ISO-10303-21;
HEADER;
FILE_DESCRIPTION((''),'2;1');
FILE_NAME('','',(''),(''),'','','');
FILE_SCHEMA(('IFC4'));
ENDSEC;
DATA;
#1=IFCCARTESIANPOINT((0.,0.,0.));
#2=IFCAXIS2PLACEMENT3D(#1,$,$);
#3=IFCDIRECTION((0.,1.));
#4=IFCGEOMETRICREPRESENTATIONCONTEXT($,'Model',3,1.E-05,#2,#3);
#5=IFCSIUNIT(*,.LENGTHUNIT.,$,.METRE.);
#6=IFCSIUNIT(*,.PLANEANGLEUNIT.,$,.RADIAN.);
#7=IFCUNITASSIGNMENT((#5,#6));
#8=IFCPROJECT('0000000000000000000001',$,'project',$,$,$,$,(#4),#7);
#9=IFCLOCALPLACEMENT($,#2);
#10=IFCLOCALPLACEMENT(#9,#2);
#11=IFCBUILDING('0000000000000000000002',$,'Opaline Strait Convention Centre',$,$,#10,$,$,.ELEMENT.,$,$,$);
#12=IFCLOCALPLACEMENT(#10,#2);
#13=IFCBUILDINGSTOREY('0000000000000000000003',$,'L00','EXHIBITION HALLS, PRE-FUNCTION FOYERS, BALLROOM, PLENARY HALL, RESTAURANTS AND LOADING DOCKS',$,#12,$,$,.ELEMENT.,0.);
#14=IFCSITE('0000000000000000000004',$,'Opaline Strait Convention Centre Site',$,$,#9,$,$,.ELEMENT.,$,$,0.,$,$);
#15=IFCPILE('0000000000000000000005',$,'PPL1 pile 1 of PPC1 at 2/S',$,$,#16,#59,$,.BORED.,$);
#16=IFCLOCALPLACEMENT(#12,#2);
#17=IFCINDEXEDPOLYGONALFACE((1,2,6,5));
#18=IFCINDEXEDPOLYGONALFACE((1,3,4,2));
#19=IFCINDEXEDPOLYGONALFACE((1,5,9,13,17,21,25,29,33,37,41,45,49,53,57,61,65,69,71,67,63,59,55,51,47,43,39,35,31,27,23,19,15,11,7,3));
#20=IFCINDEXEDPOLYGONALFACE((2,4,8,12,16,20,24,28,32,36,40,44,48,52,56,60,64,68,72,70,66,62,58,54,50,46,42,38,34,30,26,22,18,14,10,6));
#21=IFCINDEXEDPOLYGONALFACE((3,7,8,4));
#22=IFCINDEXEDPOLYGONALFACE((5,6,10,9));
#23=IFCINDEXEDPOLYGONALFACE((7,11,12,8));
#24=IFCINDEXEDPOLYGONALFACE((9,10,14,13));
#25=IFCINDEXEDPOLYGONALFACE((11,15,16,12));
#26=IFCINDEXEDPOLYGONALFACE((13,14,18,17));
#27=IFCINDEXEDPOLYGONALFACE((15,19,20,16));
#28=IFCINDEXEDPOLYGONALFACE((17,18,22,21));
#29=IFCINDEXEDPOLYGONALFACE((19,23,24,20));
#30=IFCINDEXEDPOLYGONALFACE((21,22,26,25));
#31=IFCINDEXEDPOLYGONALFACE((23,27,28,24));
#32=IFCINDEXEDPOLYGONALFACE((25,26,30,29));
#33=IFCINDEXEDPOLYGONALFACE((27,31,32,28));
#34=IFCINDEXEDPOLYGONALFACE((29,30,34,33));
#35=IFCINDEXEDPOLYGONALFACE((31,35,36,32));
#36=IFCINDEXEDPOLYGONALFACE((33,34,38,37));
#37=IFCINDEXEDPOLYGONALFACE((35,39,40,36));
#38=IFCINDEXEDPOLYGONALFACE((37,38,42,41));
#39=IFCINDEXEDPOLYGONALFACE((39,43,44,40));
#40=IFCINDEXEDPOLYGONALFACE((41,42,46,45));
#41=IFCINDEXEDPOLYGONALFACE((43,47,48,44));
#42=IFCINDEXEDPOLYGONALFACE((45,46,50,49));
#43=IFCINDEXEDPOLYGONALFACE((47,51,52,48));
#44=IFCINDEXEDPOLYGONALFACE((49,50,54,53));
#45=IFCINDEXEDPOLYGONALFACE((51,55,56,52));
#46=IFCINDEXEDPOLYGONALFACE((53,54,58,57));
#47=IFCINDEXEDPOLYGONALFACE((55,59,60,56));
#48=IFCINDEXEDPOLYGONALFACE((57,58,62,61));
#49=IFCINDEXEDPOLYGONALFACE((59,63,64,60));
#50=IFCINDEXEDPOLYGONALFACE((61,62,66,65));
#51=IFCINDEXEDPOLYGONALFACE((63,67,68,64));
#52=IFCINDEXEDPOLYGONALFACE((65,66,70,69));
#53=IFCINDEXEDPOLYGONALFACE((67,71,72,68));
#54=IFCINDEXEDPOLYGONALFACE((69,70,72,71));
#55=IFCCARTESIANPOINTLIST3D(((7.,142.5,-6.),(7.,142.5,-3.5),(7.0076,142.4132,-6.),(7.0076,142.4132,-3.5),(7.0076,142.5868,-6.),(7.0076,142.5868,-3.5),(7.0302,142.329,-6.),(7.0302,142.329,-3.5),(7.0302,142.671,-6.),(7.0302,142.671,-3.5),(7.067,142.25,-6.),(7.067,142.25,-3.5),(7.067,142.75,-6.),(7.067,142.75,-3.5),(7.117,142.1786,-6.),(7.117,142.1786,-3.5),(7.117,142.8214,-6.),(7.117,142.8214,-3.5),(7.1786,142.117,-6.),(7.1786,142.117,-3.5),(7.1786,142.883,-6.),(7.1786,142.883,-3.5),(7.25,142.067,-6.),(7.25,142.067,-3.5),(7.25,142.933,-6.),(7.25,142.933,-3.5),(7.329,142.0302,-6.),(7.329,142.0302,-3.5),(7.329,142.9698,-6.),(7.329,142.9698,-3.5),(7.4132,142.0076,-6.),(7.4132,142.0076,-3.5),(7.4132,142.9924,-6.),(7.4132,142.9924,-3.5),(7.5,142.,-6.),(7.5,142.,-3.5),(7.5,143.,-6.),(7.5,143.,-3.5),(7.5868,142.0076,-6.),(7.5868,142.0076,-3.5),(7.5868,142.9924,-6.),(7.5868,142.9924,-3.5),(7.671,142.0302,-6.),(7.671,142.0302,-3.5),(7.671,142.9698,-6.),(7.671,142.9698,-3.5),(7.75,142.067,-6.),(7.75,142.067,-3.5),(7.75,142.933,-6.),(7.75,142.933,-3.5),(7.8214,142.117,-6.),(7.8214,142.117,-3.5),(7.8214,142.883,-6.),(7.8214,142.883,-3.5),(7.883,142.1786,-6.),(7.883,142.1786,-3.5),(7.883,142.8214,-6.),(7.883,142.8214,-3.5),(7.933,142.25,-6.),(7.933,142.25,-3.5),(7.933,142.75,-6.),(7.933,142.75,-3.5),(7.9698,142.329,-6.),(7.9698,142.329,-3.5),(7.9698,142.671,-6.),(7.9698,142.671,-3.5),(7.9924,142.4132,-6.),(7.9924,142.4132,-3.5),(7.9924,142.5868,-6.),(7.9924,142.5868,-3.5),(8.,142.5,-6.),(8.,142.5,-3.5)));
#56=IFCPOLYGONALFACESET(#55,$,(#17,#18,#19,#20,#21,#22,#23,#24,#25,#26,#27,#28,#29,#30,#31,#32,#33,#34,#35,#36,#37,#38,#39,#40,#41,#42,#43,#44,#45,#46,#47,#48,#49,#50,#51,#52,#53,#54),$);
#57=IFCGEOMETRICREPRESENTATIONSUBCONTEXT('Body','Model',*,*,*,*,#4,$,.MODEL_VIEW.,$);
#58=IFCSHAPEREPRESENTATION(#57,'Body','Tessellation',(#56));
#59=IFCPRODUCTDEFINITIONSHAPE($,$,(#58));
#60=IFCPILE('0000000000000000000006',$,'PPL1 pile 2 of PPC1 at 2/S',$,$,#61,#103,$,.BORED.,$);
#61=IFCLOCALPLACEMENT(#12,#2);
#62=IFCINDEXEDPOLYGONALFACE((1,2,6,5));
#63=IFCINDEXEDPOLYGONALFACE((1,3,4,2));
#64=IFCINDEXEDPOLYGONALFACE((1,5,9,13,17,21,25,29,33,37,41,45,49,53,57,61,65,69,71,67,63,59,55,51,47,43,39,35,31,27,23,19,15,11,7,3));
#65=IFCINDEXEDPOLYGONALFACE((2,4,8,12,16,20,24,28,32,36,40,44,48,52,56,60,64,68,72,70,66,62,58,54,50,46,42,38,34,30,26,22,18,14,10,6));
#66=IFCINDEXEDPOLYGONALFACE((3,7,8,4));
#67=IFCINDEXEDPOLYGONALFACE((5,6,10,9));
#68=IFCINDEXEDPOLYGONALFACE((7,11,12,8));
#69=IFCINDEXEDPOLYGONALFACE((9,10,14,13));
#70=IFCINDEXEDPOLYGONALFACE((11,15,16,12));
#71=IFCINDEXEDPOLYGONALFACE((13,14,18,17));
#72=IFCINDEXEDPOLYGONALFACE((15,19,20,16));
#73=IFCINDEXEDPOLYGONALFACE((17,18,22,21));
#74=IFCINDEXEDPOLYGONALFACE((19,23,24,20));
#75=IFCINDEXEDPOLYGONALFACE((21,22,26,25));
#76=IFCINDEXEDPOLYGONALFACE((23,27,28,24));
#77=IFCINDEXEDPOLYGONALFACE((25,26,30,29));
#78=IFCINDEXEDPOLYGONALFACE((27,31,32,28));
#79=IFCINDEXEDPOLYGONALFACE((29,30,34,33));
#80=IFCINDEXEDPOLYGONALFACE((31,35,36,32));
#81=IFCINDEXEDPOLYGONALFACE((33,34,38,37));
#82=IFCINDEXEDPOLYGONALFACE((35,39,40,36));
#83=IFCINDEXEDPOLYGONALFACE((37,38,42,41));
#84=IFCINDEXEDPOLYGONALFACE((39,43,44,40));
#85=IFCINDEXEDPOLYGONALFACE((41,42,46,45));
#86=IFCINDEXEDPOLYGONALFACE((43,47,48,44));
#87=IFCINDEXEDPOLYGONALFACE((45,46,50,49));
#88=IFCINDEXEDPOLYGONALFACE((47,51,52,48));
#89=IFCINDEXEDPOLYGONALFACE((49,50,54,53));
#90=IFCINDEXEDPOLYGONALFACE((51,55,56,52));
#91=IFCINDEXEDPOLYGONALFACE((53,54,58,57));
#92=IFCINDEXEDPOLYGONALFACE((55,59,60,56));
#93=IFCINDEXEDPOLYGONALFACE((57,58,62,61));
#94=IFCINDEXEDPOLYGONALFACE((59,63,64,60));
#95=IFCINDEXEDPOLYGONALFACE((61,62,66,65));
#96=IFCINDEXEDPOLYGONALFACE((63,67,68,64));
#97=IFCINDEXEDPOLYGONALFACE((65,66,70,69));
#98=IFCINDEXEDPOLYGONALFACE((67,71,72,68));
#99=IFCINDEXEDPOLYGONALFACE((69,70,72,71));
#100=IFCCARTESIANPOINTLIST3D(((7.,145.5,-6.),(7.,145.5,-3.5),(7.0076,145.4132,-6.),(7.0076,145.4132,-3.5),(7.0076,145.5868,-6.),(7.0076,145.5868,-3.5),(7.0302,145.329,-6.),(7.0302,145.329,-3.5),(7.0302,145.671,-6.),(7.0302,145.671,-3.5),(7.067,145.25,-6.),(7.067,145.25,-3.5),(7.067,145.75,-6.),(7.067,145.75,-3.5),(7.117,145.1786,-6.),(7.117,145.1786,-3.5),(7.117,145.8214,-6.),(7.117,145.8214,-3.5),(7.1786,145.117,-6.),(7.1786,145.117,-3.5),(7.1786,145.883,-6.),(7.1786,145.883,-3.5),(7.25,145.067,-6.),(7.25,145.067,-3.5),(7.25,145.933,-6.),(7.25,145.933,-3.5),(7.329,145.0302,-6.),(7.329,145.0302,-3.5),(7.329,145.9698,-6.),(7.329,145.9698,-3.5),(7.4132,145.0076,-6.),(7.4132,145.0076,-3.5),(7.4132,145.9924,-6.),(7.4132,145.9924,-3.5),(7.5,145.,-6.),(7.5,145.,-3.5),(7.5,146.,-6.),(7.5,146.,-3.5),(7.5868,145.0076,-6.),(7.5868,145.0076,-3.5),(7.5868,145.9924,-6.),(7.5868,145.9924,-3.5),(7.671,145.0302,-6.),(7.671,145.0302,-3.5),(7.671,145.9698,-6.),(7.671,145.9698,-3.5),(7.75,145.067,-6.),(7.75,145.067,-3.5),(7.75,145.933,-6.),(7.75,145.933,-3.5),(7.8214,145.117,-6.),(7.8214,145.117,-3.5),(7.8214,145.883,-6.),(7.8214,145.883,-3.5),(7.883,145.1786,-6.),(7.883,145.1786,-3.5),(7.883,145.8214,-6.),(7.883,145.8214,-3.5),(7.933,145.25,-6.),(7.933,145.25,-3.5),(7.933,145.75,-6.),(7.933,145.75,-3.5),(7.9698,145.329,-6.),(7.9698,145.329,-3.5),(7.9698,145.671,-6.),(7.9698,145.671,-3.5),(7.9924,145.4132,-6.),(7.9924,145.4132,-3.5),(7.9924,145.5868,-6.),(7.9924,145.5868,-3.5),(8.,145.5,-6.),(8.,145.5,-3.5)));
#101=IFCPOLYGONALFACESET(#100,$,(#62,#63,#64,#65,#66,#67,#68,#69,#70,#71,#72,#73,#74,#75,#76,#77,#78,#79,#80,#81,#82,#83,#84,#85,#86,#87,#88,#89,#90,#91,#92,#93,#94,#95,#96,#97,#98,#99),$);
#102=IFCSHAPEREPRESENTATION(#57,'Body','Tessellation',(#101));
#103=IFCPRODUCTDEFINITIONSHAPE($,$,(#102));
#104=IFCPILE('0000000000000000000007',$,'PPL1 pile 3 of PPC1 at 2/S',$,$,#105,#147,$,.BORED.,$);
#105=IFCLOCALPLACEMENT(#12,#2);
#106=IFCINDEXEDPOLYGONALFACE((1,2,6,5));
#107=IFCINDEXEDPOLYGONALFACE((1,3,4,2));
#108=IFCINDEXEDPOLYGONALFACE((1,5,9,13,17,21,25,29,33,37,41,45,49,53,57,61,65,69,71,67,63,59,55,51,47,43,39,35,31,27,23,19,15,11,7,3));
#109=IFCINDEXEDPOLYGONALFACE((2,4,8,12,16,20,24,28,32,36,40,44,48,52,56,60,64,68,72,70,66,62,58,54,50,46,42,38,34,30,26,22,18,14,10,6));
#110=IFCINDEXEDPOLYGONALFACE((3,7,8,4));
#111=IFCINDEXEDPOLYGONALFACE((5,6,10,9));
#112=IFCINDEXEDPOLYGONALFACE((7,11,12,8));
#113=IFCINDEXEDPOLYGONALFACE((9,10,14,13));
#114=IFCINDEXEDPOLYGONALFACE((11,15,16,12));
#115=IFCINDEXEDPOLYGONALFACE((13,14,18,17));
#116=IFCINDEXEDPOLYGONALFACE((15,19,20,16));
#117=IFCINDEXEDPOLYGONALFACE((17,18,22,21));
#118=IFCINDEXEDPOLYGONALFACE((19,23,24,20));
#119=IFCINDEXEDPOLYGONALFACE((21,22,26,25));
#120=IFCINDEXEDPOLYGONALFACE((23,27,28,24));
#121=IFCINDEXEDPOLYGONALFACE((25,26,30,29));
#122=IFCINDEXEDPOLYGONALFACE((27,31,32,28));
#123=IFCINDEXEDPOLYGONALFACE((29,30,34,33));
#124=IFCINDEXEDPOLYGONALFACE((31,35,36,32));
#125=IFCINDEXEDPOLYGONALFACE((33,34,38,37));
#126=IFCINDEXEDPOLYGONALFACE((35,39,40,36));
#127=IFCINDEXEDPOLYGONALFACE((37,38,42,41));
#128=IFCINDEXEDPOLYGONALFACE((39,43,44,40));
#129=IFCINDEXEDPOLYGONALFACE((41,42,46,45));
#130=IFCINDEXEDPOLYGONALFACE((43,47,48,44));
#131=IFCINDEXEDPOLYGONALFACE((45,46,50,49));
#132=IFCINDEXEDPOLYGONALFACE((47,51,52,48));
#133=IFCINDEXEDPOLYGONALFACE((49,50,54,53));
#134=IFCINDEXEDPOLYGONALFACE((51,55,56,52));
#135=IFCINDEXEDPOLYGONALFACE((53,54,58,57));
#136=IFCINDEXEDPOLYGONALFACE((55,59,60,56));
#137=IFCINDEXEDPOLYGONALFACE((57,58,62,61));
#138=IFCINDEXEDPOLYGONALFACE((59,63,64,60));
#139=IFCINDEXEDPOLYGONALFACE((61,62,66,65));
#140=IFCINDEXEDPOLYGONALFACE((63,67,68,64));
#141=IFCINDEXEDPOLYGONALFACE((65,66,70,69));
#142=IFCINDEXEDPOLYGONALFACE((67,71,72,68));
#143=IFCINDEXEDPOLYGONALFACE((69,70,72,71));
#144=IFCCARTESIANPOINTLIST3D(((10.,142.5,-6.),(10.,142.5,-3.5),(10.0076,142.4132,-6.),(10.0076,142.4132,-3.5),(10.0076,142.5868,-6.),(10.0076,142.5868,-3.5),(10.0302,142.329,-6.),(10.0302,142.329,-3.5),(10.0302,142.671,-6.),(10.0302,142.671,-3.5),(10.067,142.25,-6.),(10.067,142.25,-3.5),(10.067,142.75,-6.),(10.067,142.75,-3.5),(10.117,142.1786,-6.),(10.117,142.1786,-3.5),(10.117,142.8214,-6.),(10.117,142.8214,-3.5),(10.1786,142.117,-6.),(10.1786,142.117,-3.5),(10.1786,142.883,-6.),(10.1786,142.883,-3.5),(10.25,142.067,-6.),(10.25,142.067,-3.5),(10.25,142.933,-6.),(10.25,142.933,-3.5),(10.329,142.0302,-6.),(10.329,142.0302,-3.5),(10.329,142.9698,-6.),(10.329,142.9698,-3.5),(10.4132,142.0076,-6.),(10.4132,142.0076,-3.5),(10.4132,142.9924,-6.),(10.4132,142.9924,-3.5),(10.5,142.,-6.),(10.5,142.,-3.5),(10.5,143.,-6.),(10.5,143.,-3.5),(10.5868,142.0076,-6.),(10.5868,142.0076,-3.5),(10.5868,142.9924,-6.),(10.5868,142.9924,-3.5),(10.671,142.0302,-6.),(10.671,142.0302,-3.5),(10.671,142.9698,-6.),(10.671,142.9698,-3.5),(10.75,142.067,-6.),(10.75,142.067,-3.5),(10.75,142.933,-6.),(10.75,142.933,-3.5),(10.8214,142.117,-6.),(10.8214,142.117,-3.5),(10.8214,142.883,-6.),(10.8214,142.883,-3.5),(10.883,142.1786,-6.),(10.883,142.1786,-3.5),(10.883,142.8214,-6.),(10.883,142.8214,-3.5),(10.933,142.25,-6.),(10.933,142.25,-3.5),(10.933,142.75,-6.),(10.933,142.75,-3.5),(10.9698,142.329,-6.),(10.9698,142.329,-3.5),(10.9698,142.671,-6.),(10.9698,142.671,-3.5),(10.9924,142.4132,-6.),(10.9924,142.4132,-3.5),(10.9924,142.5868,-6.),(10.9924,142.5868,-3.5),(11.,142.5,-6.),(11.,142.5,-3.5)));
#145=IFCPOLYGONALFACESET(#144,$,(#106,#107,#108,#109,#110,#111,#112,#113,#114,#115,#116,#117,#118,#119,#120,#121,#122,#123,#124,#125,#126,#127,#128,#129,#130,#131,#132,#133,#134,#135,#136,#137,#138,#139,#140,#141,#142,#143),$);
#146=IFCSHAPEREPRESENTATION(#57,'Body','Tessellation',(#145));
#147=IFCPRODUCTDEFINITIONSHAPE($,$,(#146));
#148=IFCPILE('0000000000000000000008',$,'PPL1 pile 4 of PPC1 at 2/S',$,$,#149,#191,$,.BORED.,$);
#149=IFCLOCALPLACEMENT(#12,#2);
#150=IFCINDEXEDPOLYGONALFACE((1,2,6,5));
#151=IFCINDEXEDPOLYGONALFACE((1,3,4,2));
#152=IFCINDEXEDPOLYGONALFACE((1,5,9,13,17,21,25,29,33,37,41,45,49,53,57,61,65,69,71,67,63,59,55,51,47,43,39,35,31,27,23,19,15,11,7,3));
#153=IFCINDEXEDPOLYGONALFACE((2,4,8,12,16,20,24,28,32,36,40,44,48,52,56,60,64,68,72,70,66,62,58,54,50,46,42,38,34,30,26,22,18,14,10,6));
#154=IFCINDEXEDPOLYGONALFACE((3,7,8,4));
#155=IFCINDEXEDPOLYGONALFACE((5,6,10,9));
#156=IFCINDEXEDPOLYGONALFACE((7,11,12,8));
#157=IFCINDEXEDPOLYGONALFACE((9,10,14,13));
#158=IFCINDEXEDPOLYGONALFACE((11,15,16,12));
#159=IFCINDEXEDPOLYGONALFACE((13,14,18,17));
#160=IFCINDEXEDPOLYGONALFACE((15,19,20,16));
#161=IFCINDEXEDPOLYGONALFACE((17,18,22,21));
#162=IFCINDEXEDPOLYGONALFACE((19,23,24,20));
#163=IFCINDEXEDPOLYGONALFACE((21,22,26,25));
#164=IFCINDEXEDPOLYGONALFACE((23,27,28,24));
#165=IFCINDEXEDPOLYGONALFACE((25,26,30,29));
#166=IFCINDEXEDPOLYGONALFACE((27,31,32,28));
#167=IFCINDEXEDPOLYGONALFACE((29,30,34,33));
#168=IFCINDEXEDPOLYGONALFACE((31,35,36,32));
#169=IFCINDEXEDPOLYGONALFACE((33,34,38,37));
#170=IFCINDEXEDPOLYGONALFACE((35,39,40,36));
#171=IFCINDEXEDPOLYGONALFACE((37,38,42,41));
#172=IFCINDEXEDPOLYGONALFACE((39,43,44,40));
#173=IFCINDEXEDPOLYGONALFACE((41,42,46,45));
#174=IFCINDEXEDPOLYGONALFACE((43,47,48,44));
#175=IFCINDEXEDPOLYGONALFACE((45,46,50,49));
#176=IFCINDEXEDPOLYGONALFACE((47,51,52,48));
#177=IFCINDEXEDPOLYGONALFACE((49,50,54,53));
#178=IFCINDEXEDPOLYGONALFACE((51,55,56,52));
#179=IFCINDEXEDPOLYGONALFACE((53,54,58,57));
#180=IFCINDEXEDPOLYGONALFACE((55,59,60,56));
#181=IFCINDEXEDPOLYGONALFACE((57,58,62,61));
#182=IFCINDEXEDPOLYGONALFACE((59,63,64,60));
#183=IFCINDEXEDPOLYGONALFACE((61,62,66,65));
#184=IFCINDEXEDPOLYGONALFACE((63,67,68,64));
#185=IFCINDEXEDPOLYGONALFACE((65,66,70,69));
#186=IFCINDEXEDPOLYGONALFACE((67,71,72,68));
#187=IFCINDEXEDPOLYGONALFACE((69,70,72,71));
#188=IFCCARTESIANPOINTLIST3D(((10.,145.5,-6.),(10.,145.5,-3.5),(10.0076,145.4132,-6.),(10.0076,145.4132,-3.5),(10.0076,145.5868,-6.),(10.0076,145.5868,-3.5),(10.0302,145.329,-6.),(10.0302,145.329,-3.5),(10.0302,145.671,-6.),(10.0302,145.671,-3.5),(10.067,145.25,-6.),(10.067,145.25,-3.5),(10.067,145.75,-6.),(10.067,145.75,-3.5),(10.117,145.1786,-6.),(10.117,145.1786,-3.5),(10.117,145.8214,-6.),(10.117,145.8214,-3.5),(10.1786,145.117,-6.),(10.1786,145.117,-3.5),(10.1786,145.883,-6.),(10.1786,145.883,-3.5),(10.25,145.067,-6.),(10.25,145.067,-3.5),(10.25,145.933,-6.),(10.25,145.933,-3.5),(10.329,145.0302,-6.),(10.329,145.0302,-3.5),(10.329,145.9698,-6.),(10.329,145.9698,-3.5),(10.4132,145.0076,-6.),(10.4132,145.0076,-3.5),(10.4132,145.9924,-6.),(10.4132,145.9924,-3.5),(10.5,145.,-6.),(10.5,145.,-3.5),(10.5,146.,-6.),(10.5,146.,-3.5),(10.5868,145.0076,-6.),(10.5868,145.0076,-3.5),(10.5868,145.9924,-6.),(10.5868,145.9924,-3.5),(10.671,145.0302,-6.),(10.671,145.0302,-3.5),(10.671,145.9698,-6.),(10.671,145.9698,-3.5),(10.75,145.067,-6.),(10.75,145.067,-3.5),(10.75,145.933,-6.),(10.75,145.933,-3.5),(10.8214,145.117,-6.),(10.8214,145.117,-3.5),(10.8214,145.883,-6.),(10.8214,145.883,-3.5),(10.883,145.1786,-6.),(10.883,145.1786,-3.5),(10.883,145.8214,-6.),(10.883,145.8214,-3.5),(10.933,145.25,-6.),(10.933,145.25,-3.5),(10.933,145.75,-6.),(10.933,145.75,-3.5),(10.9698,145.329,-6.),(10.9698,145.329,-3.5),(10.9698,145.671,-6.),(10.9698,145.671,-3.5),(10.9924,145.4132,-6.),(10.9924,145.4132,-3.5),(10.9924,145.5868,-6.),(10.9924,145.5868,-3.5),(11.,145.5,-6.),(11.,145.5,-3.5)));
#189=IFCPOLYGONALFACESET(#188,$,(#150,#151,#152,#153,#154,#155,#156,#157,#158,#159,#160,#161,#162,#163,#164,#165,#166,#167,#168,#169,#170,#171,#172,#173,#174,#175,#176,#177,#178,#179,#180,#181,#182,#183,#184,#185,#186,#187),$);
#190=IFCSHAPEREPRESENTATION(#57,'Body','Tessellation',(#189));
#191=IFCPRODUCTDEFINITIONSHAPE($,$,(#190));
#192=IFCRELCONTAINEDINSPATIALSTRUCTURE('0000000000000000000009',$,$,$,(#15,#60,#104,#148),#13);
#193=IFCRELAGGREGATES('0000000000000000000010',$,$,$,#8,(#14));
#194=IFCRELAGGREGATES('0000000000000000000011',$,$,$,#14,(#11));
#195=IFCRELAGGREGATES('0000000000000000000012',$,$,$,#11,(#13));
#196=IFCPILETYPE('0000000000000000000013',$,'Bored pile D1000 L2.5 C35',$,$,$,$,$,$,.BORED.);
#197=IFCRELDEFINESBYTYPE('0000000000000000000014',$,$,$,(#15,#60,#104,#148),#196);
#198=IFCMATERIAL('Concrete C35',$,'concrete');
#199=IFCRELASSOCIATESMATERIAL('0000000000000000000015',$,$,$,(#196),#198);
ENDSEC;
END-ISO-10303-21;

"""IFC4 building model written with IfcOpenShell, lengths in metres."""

from ifc_helpers import new_model, si_unit, direction, frame, origin, origin_2d, place, context, subcontext, project, spatial, circle, extrude, material, material_profile, profile_set, type_object, element, save


model = new_model("IFC4")

# Units and contexts
model_context = context("Model", 3, precision=1e-05, world=origin(), true_north=direction((0.0, 1.0)))
body_context = subcontext(model_context, "Body", "Model", "MODEL_VIEW")
ifc_project = project(units=[si_unit("LENGTHUNIT", "METRE"), si_unit("PLANEANGLEUNIT", "RADIAN")], contexts=[model_context])

# Site, building, storey
site_placement = place(None, origin())
site = spatial("IfcSite", under=ifc_project, at=site_placement, Name="Opaline Strait Convention Centre Site", CompositionType="ELEMENT", RefElevation=0.0)
building_placement = place(site_placement, origin())
building = spatial("IfcBuilding", under=site, at=building_placement, Name="Opaline Strait Convention Centre", CompositionType="ELEMENT")
storey_placement = place(building_placement, origin())
storey = spatial("IfcBuildingStorey", under=building, at=storey_placement, Name="L00", Description="EXHIBITION HALLS, PRE-FUNCTION FOYERS, BALLROOM, PLENARY HALL, RESTAURANTS AND LOADING DOCKS", CompositionType="ELEMENT", Elevation=0.0)

# Piles
ifc_material_1 = material(Name="Concrete C35", Category="concrete")
ifc_material_profile_1 = material_profile(ifc_material_1, circle(Radius=0.5, at=origin_2d()), Name="D1000")
ifc_profile_set_1 = profile_set([ifc_material_profile_1], Name="Concrete C35")
pile_type_1 = type_object("IfcPileType", Name="Bored pile D1000 L2.5 C35", PredefinedType="BORED", material=ifc_profile_set_1)
for number, where, z_axis, x_axis, name in (
    (1, (7.5, 142.5, -3.5), (0.0, 0.0, -1.0), (1.0, 0.0, 0.0), "PPL1 pile 1 of PPC1 at 2/S"),
    (2, (7.5, 145.5, -3.5), (0.0, 0.0, -1.0), (1.0, 0.0, 0.0), "PPL1 pile 2 of PPC1 at 2/S"),
    (3, (10.5, 142.5, -3.5), (0.0, 0.0, -1.0), (1.0, 0.0, 0.0), "PPL1 pile 3 of PPC1 at 2/S"),
    (4, (10.5, 145.5, -3.5), (0.0, 0.0, -1.0), (1.0, 0.0, 0.0), "PPL1 pile 4 of PPC1 at 2/S"),
):
    element("IfcPile", number, at=place(storey_placement, frame(where, z_axis=z_axis, x_axis=x_axis)), inside=storey, type_object=pile_type_1, Name=name, PredefinedType="BORED", context=body_context, shape_type="SweptSolid", body=[
        extrude(circle(Radius=0.5, at=origin_2d()), origin(), (0.0, 0.0, 1.0), 2.5),
    ])

save(model, "model.ifc")
